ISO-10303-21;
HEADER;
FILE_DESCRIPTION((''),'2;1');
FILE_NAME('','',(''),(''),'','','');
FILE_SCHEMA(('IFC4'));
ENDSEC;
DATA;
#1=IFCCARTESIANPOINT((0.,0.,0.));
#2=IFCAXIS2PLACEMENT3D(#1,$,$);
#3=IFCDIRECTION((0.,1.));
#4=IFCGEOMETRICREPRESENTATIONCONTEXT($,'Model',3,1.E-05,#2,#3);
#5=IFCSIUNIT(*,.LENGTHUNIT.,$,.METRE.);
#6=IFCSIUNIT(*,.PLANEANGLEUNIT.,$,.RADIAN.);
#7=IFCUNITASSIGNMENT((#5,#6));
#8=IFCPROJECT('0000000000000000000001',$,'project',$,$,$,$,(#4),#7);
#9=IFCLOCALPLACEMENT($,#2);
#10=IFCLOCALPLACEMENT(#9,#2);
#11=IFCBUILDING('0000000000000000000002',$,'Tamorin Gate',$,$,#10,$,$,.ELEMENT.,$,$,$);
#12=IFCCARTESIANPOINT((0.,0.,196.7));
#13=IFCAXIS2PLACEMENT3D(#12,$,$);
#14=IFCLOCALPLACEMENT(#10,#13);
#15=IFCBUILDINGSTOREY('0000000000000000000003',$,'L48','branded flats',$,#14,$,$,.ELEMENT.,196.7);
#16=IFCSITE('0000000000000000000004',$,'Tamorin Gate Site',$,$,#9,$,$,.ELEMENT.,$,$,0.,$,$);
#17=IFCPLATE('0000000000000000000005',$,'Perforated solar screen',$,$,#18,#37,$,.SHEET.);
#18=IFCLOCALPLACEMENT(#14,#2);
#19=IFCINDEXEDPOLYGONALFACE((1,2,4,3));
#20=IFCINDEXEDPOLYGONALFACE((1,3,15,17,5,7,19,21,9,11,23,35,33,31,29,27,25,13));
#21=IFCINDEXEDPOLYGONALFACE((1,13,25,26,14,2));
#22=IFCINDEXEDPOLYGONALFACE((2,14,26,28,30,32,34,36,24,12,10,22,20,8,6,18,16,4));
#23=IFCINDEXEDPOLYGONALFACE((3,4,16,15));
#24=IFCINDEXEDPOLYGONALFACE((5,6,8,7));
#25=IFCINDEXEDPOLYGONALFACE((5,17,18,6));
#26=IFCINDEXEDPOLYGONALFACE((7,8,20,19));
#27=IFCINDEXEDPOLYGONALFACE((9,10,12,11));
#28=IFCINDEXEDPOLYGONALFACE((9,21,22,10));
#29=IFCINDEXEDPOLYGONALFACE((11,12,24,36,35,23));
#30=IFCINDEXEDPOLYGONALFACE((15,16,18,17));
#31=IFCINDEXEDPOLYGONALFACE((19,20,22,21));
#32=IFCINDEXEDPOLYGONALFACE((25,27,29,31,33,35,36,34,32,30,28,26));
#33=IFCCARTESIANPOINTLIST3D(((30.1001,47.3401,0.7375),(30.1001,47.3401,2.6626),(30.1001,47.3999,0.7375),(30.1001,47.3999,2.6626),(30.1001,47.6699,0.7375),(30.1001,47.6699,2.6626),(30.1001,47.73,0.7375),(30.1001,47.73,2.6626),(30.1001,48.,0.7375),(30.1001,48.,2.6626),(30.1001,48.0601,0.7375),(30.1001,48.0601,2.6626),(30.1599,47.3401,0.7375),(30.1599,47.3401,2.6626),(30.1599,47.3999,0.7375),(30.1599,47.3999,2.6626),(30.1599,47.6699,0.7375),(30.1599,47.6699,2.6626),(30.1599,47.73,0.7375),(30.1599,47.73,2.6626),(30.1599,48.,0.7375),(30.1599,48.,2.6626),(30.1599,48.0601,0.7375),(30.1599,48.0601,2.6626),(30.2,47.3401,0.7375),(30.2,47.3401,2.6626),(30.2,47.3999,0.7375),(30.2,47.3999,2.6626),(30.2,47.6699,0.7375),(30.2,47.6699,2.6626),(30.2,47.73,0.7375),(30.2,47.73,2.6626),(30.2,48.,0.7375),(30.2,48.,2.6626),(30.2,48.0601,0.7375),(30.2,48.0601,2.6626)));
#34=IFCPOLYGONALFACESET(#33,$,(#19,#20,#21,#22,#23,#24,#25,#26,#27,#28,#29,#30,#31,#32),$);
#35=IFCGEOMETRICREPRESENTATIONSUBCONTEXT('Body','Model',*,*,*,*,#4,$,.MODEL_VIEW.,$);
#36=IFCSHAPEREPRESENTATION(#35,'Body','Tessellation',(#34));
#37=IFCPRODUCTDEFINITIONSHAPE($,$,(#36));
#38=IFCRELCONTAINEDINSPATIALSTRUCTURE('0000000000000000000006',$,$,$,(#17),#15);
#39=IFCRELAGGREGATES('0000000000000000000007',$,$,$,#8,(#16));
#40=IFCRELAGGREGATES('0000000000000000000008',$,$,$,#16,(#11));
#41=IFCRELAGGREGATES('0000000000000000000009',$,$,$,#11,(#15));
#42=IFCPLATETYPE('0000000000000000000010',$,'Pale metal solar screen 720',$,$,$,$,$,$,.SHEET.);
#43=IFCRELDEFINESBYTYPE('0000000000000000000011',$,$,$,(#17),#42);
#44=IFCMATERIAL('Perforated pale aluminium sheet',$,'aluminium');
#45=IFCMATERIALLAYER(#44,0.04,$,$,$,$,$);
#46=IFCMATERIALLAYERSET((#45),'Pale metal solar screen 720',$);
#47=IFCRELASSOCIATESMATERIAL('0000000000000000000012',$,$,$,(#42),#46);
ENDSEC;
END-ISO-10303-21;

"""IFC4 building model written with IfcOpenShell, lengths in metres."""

from ifc_helpers import new_model, si_unit, direction, frame, origin, place, context, subcontext, project, spatial, polyline, outline, extrude, material, layer, layer_set, type_object, element, save


model = new_model("IFC4")

# Units and contexts
model_context = context("Model", 3, precision=1e-05, world=origin(), true_north=direction((0.0, 1.0)))
body_context = subcontext(model_context, "Body", "Model", "MODEL_VIEW")
ifc_project = project(units=[si_unit("LENGTHUNIT", "METRE"), si_unit("PLANEANGLEUNIT", "RADIAN")], contexts=[model_context])

# Site, building, storey
site_placement = place(None, origin())
site = spatial("IfcSite", under=ifc_project, at=site_placement, Name="Tamorin Gate Site", CompositionType="ELEMENT", RefElevation=0.0)
building_placement = place(site_placement, origin())
building = spatial("IfcBuilding", under=site, at=building_placement, Name="Tamorin Gate", CompositionType="ELEMENT")
storey_placement = place(building_placement, frame((0.0, 0.0, 196.7)))
storey = spatial("IfcBuildingStorey", under=building, at=storey_placement, Name="L48", Description="branded flats", CompositionType="ELEMENT", Elevation=196.7)

# Plate
ifc_material_1 = material(Name="Perforated pale aluminium sheet", Category="aluminium")
ifc_layer_1 = layer(ifc_material_1, 0.04)
ifc_layer_set_1 = layer_set([ifc_layer_1], Name="Pale metal solar screen 720")
plate_type_1 = type_object("IfcPlateType", Name="Pale metal solar screen 720", PredefinedType="SHEET", material=ifc_layer_set_1)
plate_1_placement = place(storey_placement, frame((0.0, 0.0, 0.7375)))
element("IfcPlate", 1, at=plate_1_placement, inside=storey, type_object=plate_type_1, Name="Perforated solar screen", PredefinedType="SHEET", context=body_context, shape_type="SweptSolid", body=[
    extrude(outline(polyline([(30.1599, 48.0601), (30.2, 48.0601), (30.2, 48.0), (30.2, 47.73), (30.2, 47.6699), (30.2, 47.3999), (30.2, 47.3401), (30.1599, 47.3401), (30.1001, 47.3401), (30.1001, 47.3999), (30.1599, 47.3999), (30.1599, 47.6699), (30.1001, 47.6699), (30.1001, 47.73), (30.1599, 47.73), (30.1599, 48.0), (30.1001, 48.0), (30.1001, 48.0601), (30.1599, 48.0601)])), origin(), (0.0, 0.0, 1.0), 1.925),
])

save(model, "model.ifc")
